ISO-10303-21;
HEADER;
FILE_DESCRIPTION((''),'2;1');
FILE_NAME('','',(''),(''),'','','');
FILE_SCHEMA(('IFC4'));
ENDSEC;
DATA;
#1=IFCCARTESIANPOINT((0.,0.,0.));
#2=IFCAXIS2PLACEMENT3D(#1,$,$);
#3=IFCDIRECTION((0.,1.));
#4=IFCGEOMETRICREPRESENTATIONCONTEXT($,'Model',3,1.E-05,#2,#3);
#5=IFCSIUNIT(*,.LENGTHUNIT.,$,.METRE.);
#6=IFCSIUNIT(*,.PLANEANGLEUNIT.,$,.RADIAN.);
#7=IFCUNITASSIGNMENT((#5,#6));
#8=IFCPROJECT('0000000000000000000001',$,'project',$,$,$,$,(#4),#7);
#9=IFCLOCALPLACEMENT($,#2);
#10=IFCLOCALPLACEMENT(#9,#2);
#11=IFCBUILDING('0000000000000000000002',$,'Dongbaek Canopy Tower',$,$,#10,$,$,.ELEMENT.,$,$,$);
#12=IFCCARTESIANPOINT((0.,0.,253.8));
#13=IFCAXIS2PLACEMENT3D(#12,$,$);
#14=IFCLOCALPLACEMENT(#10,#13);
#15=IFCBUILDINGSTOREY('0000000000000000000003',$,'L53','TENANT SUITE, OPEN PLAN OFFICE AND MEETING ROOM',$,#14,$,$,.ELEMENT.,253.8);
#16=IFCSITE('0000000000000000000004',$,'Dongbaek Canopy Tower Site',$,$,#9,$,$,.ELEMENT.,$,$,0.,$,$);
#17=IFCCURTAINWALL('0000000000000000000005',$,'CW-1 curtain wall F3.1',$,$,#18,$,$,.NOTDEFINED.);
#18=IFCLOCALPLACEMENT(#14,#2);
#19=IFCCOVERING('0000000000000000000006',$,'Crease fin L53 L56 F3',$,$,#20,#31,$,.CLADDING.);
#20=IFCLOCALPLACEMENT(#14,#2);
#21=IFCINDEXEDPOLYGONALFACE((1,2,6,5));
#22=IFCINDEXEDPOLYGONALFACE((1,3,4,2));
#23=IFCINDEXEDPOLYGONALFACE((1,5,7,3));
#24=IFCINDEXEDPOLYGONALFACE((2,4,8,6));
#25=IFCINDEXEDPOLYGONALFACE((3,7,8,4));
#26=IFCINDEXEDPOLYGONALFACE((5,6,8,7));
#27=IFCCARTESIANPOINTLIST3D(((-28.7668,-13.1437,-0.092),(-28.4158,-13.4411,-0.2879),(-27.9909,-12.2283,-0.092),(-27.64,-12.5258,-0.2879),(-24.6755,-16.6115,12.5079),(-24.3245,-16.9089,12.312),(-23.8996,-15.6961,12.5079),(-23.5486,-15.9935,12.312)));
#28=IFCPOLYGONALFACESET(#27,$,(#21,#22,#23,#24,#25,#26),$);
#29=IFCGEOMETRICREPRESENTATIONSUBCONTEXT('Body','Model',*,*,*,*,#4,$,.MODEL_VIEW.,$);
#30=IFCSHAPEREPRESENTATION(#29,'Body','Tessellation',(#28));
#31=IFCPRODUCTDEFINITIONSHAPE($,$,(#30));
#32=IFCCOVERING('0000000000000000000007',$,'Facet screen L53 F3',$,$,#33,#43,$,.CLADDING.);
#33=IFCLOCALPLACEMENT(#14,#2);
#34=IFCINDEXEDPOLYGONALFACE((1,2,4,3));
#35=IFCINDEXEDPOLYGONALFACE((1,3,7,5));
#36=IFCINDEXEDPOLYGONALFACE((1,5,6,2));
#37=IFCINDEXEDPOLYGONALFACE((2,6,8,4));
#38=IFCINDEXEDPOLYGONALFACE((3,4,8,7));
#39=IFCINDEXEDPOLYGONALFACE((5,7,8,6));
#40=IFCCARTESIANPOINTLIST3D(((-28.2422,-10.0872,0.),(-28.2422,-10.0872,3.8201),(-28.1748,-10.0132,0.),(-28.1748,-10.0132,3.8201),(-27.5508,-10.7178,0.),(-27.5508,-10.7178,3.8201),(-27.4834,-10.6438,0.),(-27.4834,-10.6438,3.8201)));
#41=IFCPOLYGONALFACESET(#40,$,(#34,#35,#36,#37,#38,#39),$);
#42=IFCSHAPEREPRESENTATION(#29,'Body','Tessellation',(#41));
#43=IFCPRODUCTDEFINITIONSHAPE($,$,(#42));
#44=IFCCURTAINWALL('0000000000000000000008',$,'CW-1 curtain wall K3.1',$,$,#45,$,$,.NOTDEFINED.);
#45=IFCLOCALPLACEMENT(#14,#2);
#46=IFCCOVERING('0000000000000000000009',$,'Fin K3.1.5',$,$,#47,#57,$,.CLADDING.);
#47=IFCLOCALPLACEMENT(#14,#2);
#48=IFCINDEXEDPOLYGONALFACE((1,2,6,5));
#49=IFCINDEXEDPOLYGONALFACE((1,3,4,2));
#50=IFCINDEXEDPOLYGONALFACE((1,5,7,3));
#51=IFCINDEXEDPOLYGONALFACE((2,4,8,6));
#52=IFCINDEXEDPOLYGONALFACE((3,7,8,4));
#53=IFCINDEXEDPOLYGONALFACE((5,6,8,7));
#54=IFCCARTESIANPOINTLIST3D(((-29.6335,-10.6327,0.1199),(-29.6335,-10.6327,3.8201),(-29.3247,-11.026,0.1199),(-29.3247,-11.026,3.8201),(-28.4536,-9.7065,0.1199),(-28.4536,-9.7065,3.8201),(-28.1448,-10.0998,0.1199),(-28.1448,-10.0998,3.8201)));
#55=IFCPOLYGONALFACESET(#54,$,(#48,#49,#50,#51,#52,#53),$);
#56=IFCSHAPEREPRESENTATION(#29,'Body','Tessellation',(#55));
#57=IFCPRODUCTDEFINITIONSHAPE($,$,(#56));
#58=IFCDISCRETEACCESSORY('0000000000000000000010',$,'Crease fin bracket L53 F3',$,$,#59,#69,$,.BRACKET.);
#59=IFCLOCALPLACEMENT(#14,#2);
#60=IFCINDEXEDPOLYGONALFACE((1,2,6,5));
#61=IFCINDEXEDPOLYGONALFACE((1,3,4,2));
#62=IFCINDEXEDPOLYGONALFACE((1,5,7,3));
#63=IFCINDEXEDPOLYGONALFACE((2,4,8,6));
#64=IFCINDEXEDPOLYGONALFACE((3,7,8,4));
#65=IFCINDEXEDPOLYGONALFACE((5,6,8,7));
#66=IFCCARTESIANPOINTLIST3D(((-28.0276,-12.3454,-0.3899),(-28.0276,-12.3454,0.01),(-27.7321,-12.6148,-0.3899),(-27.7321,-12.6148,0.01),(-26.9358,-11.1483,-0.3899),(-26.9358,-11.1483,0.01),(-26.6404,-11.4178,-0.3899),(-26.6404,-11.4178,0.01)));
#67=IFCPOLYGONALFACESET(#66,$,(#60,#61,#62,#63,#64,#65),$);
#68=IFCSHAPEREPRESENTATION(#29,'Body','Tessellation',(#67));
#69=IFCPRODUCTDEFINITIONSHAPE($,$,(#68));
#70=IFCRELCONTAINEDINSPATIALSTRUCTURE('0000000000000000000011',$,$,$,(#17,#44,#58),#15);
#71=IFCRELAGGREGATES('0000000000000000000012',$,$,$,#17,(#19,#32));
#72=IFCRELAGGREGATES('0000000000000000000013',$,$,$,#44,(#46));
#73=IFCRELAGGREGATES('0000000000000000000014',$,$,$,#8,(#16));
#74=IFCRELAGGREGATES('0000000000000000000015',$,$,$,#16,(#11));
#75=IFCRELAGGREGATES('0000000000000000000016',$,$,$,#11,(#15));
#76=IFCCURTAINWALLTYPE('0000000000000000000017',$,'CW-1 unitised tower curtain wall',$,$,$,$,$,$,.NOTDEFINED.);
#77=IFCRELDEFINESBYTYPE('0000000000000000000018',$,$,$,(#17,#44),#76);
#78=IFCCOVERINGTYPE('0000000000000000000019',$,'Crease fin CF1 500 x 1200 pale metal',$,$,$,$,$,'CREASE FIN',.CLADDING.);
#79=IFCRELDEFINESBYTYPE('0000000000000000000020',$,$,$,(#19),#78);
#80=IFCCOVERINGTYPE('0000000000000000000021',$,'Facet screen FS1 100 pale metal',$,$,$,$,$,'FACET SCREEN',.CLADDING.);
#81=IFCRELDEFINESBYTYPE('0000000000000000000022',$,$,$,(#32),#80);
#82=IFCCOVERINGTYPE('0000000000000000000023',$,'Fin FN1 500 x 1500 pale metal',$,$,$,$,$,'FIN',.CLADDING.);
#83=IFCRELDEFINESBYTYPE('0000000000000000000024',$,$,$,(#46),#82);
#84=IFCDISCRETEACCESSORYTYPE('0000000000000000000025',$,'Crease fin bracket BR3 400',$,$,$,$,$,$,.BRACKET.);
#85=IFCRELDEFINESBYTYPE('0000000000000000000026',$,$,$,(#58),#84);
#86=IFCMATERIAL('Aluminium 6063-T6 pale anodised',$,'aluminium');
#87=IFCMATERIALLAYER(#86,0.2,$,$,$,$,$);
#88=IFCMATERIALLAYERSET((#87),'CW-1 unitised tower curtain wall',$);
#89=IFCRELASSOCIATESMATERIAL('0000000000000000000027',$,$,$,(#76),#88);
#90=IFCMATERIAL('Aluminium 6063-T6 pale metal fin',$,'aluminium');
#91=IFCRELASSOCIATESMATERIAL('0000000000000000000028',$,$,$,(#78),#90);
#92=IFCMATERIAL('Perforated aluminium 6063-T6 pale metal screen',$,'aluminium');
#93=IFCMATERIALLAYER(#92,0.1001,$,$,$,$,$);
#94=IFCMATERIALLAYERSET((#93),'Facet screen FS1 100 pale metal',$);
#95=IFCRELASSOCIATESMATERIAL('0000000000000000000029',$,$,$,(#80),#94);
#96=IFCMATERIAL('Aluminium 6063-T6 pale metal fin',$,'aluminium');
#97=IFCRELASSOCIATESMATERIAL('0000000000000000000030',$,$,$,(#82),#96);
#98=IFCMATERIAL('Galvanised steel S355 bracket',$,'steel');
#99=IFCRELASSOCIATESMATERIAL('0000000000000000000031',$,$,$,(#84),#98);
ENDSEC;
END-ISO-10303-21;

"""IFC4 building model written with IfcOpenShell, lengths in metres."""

from ifc_helpers import new_model, si_unit, direction, frame, origin, origin_2d, place, context, subcontext, project, spatial, rectangle, extrude, material, layer, layer_set, material_profile, profile_set, type_object, element, aggregate, save


model = new_model("IFC4")

# Units and contexts
model_context = context("Model", 3, precision=1e-05, world=origin(), true_north=direction((0.0, 1.0)))
body_context = subcontext(model_context, "Body", "Model", "MODEL_VIEW")
ifc_project = project(units=[si_unit("LENGTHUNIT", "METRE"), si_unit("PLANEANGLEUNIT", "RADIAN")], contexts=[model_context])

# Site, building, storey
site_placement = place(None, origin())
site = spatial("IfcSite", under=ifc_project, at=site_placement, Name="Dongbaek Canopy Tower Site", CompositionType="ELEMENT", RefElevation=0.0)
building_placement = place(site_placement, origin())
building = spatial("IfcBuilding", under=site, at=building_placement, Name="Dongbaek Canopy Tower", CompositionType="ELEMENT")
storey_placement = place(building_placement, frame((0.0, 0.0, 253.8)))
storey = spatial("IfcBuildingStorey", under=building, at=storey_placement, Name="L53", Description="TENANT SUITE, OPEN PLAN OFFICE AND MEETING ROOM", CompositionType="ELEMENT", Elevation=253.8)

# Curtain wall
ifc_material_1 = material(Name="Aluminium 6063-T6 pale anodised", Category="aluminium")
ifc_layer_1 = layer(ifc_material_1, 0.2)
ifc_layer_set_1 = layer_set([ifc_layer_1], Name="CW-1 unitised tower curtain wall")
curtain_wall_type = type_object("IfcCurtainWallType", Name="CW-1 unitised tower curtain wall", PredefinedType="NOTDEFINED", material=ifc_layer_set_1)
curtain_wall_1_placement = place(storey_placement, origin())
curtain_wall_1 = element("IfcCurtainWall", 1, at=curtain_wall_1_placement, inside=storey, type_object=curtain_wall_type, Name="CW-1 curtain wall F3.1", PredefinedType="NOTDEFINED")

# Coverings
ifc_material_2 = material(Name="Aluminium 6063-T6 pale metal fin", Category="aluminium")
ifc_material_profile_1 = material_profile(ifc_material_2, rectangle(XDim=1.2, YDim=0.5, at=origin_2d()), Name="Crease fin CF1 500 x 1200 pale metal")
ifc_profile_set_1 = profile_set([ifc_material_profile_1], Name="Aluminium 6063-T6 pale metal fin")
covering_type_1 = type_object("IfcCoveringType", Name="Crease fin CF1 500 x 1200 pale metal", ElementType="CREASE FIN", PredefinedType="CLADDING", material=ifc_profile_set_1)
covering_1_placement = place(storey_placement, frame((-28.2034, -12.8347, -0.1899), z_axis=(0.298771, -0.253236, 0.920113), x_axis=(0.646583, 0.762844, 0.0)))
covering_1 = element("IfcCovering", 2, at=covering_1_placement, type_object=covering_type_1, Name="Crease fin L53 L56 F3", PredefinedType="CLADDING", context=body_context, shape_type="SweptSolid", body=[
    extrude(rectangle(XDim=1.2, YDim=0.5, at=origin_2d()), origin(), (0.0, 0.0, 1.0), 13.6938),
])
ifc_material_3 = material(Name="Perforated aluminium 6063-T6 pale metal screen", Category="aluminium")
ifc_layer_2 = layer(ifc_material_3, 0.1001)
ifc_layer_set_2 = layer_set([ifc_layer_2], Name="Facet screen FS1 100 pale metal")
covering_type_2 = type_object("IfcCoveringType", Name="Facet screen FS1 100 pale metal", ElementType="FACET SCREEN", PredefinedType="CLADDING", material=ifc_layer_set_2)
covering_2_placement = place(storey_placement, frame((-27.8628, -10.3655, 0.0), z_axis=(0.0, 0.0, 1.0), x_axis=(0.738841, -0.67388, 0.0)))
covering_2 = element("IfcCovering", 3, at=covering_2_placement, type_object=covering_type_2, Name="Facet screen L53 F3", PredefinedType="CLADDING", context=body_context, shape_type="SweptSolid", body=[
    extrude(rectangle(XDim=0.9358, YDim=0.1001, at=origin_2d()), origin(), (0.0, 0.0, 1.0), 3.8201),
])
aggregate(curtain_wall_1, [covering_1, covering_2])

# Curtain wall, covering
curtain_wall_2_placement = place(storey_placement, origin())
curtain_wall_2 = element("IfcCurtainWall", 4, at=curtain_wall_2_placement, inside=storey, type_object=curtain_wall_type, Name="CW-1 curtain wall K3.1", PredefinedType="NOTDEFINED")
ifc_material_4 = material(Name="Aluminium 6063-T6 pale metal fin", Category="aluminium")
ifc_material_profile_2 = material_profile(ifc_material_4, rectangle(XDim=1.5, YDim=0.5, at=origin_2d()), Name="Fin FN1 500 x 1500 pale metal")
ifc_profile_set_2 = profile_set([ifc_material_profile_2], Name="Aluminium 6063-T6 pale metal fin")
covering_type_3 = type_object("IfcCoveringType", Name="Fin FN1 500 x 1500 pale metal", ElementType="FIN", PredefinedType="CLADDING", material=ifc_profile_set_2)
covering_3_placement = place(storey_placement, frame((-28.8892, -10.3662, 0.1199), z_axis=(0.0, 0.0, 1.0), x_axis=(-0.786589, -0.617477, 0.0)))
covering_3 = element("IfcCovering", 5, at=covering_3_placement, type_object=covering_type_3, Name="Fin K3.1.5", PredefinedType="CLADDING", context=body_context, shape_type="SweptSolid", body=[
    extrude(rectangle(XDim=1.5, YDim=0.5, at=origin_2d()), origin(), (0.0, 0.0, 1.0), 3.7002),
])
aggregate(curtain_wall_2, [covering_3])

# Discrete accessory
ifc_material_5 = material(Name="Galvanised steel S355 bracket", Category="steel")
discrete_accessory_type = type_object("IfcDiscreteAccessoryType", Name="Crease fin bracket BR3 400", PredefinedType="BRACKET", material=ifc_material_5)
discrete_accessory_placement = place(storey_placement, frame((-27.334, -11.8816, -0.3899), z_axis=(0.0, 0.0, 1.0), x_axis=(-0.67388, -0.738841, 0.0)))
element("IfcDiscreteAccessory", 6, at=discrete_accessory_placement, inside=storey, type_object=discrete_accessory_type, Name="Crease fin bracket L53 F3", PredefinedType="BRACKET", context=body_context, shape_type="SweptSolid", body=[
    extrude(rectangle(XDim=1.6201, YDim=0.3999, at=origin_2d()), origin(), (0.0, 0.0, 1.0), 0.3999),
])

save(model, "model.ifc")
